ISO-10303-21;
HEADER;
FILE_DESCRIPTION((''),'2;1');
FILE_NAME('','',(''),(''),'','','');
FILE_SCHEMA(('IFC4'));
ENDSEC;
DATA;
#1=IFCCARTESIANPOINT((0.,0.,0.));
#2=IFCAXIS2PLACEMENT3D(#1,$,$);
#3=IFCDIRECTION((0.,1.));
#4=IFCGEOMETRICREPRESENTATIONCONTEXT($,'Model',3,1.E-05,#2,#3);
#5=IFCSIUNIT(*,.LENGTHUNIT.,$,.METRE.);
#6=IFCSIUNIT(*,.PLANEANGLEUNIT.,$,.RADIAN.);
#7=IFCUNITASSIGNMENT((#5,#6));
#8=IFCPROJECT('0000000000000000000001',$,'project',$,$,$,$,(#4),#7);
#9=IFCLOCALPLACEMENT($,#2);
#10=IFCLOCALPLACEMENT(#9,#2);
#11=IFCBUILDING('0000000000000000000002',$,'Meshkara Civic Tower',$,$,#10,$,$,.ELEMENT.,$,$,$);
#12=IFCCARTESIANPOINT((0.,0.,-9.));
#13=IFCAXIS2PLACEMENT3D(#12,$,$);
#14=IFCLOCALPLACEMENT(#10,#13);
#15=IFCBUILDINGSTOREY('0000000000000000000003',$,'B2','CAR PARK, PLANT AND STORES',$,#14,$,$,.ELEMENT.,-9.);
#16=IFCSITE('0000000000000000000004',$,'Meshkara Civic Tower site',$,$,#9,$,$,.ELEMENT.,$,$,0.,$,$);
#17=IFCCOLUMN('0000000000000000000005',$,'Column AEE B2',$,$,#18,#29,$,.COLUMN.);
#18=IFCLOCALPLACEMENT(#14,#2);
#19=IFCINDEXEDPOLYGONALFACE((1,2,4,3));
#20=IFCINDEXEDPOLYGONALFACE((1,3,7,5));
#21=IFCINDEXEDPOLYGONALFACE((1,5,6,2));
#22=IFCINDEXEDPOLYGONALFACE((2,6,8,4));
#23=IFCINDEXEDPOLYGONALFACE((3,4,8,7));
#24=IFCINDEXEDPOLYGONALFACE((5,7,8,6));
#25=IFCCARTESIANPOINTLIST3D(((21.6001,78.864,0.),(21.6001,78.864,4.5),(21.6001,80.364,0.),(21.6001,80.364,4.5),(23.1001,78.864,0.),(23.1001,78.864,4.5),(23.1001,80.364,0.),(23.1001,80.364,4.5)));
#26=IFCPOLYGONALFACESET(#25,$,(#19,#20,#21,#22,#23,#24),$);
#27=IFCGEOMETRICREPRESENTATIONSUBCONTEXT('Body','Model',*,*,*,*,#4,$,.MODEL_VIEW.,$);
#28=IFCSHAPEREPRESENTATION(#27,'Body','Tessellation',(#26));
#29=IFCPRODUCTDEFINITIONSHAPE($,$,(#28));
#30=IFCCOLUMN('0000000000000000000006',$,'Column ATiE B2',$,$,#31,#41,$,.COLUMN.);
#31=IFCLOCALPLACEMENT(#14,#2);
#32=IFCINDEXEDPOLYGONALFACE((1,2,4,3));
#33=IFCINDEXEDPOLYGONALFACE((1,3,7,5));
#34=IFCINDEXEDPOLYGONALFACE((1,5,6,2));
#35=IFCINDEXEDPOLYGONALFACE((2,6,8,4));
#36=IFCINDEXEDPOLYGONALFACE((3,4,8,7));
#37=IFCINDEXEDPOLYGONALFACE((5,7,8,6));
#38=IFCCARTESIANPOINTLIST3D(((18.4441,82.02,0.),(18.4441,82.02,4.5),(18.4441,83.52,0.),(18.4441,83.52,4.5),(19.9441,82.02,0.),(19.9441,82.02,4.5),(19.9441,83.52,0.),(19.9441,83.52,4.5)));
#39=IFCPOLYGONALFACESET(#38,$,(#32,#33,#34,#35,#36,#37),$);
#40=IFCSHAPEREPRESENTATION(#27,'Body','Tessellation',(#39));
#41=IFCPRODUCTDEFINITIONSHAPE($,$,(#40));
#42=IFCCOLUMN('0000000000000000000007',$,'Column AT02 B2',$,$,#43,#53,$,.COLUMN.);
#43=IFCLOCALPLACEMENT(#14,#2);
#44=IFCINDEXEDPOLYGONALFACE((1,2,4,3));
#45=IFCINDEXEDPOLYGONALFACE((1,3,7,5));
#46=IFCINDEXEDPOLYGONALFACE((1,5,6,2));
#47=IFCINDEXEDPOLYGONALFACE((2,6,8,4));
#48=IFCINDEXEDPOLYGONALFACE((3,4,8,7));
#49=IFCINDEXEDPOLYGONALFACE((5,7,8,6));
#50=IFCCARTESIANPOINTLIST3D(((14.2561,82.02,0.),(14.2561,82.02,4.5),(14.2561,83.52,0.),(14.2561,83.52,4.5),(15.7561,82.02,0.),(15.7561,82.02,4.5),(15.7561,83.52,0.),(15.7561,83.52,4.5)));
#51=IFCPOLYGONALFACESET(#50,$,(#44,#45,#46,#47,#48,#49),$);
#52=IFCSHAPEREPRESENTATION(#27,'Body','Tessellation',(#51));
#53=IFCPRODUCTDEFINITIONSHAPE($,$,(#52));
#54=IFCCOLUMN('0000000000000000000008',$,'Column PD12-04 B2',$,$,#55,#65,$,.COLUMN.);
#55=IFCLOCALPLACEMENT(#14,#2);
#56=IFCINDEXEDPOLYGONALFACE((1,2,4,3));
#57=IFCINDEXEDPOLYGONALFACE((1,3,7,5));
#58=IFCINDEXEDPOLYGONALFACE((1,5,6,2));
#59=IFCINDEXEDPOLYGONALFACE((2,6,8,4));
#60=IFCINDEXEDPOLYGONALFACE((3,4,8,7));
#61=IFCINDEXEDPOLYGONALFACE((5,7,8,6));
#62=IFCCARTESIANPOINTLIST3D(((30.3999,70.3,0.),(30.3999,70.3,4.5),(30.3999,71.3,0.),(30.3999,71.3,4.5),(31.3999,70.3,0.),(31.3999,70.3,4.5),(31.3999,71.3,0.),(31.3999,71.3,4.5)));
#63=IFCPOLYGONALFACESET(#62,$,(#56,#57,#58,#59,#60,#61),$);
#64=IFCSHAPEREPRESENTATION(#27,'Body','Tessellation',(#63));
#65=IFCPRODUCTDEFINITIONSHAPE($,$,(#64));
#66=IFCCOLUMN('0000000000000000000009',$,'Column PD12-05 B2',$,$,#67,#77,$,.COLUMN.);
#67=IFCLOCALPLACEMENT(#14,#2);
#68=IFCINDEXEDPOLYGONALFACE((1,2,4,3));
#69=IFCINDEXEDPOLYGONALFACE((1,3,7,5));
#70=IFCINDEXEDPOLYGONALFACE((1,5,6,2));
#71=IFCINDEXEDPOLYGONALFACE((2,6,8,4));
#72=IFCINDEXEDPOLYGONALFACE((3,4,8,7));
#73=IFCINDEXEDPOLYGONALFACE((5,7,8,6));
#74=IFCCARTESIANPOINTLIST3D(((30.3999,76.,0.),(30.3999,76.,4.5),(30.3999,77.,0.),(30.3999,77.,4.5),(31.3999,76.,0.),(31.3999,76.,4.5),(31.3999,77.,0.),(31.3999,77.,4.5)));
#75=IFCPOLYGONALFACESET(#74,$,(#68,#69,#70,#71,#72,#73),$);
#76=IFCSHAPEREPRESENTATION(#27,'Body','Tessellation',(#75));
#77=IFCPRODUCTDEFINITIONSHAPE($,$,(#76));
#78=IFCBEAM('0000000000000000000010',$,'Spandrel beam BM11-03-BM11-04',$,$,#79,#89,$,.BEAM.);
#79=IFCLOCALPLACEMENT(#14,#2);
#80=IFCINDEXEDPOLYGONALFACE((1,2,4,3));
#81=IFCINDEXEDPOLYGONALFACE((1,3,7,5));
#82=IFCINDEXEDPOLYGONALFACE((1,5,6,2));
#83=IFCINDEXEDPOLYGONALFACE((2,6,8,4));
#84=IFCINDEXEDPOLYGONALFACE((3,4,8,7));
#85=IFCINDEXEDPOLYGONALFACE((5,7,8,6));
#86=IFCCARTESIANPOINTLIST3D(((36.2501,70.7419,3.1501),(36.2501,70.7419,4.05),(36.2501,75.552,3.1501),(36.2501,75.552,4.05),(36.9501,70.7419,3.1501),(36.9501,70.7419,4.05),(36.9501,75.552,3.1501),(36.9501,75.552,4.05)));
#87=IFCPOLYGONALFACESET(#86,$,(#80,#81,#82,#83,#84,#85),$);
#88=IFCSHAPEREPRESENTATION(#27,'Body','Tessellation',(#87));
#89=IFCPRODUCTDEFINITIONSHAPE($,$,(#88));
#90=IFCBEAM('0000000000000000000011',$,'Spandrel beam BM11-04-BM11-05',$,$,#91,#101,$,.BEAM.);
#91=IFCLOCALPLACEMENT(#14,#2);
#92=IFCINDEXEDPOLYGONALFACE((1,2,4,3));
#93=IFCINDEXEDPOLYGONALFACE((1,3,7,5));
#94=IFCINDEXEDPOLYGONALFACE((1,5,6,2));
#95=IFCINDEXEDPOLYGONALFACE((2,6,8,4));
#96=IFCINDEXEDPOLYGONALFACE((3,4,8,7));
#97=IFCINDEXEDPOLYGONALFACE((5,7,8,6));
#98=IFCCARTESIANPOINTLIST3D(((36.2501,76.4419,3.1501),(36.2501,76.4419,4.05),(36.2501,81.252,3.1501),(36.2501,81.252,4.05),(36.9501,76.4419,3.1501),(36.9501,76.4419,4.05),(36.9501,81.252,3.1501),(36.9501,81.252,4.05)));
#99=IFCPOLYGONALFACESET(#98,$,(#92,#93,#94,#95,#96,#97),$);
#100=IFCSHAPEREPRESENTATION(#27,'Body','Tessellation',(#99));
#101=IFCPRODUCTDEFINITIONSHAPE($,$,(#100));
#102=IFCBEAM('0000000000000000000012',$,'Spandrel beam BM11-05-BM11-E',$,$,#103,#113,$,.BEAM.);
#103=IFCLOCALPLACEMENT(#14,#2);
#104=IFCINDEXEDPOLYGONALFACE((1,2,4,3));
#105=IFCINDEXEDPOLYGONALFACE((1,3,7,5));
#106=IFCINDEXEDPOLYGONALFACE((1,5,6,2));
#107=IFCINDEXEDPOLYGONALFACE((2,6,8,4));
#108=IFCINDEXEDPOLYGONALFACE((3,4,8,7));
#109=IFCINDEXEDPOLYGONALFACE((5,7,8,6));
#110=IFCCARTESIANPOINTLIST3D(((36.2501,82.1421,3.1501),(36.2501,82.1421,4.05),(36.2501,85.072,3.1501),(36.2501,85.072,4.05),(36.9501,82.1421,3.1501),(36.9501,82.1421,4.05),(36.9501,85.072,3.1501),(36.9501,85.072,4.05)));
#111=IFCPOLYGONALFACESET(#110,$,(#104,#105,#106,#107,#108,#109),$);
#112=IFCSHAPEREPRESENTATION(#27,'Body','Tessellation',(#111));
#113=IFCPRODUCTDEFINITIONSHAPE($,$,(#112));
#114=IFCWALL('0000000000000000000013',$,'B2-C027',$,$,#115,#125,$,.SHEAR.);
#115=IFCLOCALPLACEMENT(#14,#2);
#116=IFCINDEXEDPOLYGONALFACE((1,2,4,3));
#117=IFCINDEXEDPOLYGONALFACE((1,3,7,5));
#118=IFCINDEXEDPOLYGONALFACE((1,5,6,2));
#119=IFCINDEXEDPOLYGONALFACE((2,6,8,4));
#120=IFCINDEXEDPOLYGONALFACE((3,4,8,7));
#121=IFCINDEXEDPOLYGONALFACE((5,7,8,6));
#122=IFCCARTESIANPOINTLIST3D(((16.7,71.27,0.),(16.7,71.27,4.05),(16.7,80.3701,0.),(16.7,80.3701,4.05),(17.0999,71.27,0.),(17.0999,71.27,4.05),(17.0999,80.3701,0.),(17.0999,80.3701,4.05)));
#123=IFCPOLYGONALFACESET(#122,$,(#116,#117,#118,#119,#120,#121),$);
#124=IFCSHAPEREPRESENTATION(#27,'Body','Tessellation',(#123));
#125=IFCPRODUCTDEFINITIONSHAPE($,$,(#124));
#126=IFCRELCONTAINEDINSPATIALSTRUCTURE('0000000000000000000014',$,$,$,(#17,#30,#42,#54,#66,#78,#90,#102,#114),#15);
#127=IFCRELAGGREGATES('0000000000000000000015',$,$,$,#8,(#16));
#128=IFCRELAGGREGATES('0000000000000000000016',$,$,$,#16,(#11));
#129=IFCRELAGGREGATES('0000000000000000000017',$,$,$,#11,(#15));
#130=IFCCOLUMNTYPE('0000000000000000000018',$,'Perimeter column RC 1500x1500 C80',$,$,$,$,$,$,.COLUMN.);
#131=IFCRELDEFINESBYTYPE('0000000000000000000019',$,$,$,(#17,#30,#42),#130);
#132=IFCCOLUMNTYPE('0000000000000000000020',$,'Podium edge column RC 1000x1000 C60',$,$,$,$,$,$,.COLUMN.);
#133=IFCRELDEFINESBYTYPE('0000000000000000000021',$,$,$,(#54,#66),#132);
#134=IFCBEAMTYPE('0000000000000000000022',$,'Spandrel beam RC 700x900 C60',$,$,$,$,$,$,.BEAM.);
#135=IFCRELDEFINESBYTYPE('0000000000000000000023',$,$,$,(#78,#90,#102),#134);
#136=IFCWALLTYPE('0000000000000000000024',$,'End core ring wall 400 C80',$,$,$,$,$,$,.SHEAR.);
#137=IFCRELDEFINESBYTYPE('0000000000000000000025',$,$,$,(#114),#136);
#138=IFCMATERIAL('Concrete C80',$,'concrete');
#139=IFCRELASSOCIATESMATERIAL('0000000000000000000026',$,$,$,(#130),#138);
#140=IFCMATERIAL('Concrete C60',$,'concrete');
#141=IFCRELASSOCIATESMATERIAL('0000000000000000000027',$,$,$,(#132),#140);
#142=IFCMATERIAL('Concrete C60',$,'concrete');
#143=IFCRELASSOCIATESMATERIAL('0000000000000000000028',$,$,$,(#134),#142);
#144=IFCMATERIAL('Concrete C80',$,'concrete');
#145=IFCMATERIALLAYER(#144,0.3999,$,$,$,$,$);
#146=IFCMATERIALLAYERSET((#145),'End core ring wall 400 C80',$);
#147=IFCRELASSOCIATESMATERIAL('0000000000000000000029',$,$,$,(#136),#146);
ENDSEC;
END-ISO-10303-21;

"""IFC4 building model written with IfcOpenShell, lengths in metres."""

from ifc_helpers import new_model, si_unit, direction, frame, frame_2d, origin, origin_2d, place, context, subcontext, project, spatial, rectangle, extrude, material, layer, layer_set, material_profile, profile_set, type_object, element, save


model = new_model("IFC4")

# Units and contexts
model_context = context("Model", 3, precision=1e-05, world=origin(), true_north=direction((0.0, 1.0)))
body_context = subcontext(model_context, "Body", "Model", "MODEL_VIEW")
ifc_project = project(units=[si_unit("LENGTHUNIT", "METRE"), si_unit("PLANEANGLEUNIT", "RADIAN")], contexts=[model_context])

# Site, building, storey
site_placement = place(None, origin())
site = spatial("IfcSite", under=ifc_project, at=site_placement, Name="Meshkara Civic Tower site", CompositionType="ELEMENT", RefElevation=0.0)
building_placement = place(site_placement, origin())
building = spatial("IfcBuilding", under=site, at=building_placement, Name="Meshkara Civic Tower", CompositionType="ELEMENT")
storey_placement = place(building_placement, frame((0.0, 0.0, -9.0)))
storey = spatial("IfcBuildingStorey", under=building, at=storey_placement, Name="B2", Description="CAR PARK, PLANT AND STORES", CompositionType="ELEMENT", Elevation=-9.0)

# Columns
ifc_material_1 = material(Name="Concrete C80", Category="concrete")
ifc_material_profile_1 = material_profile(ifc_material_1, rectangle(XDim=1.5, YDim=1.5, at=origin_2d()))
ifc_profile_set_1 = profile_set([ifc_material_profile_1], Name="Concrete C80")
column_type_1 = type_object("IfcColumnType", Name="Perimeter column RC 1500x1500 C80", PredefinedType="COLUMN", material=ifc_profile_set_1)
for number, where, z_axis, x_axis, name in (
    (1, (22.3501, 79.614, 0.0), (0.0, 0.0, 1.0), (1.0, 0.0, 0.0), "Column AEE B2"),
    (2, (19.1941, 82.77, 0.0), (0.0, 0.0, 1.0), (1.0, 0.0, 0.0), "Column ATiE B2"),
    (3, (15.0061, 82.77, 0.0), (0.0, 0.0, 1.0), (1.0, 0.0, 0.0), "Column AT02 B2"),
):
    element("IfcColumn", number, at=place(storey_placement, frame(where, z_axis=z_axis, x_axis=x_axis)), inside=storey, type_object=column_type_1, Name=name, PredefinedType="COLUMN", context=body_context, shape_type="SweptSolid", body=[
        extrude(rectangle(XDim=1.5, YDim=1.5, at=origin_2d()), origin(), (0.0, 0.0, 1.0), 4.5),
    ])
ifc_material_2 = material(Name="Concrete C60", Category="concrete")
ifc_material_profile_2 = material_profile(ifc_material_2, rectangle(XDim=1.0, YDim=1.0, at=origin_2d()))
ifc_profile_set_2 = profile_set([ifc_material_profile_2], Name="Concrete C60")
column_type_2 = type_object("IfcColumnType", Name="Podium edge column RC 1000x1000 C60", PredefinedType="COLUMN", material=ifc_profile_set_2)
for number, where, z_axis, x_axis, name in (
    (4, (30.8999, 70.8, 0.0), (0.0, 0.0, 1.0), (1.0, 0.0, 0.0), "Column PD12-04 B2"),
    (5, (30.8999, 76.5, 0.0), (0.0, 0.0, 1.0), (1.0, 0.0, 0.0), "Column PD12-05 B2"),
):
    element("IfcColumn", number, at=place(storey_placement, frame(where, z_axis=z_axis, x_axis=x_axis)), inside=storey, type_object=column_type_2, Name=name, PredefinedType="COLUMN", context=body_context, shape_type="SweptSolid", body=[
        extrude(rectangle(XDim=1.0, YDim=1.0, at=origin_2d()), origin(), (0.0, 0.0, 1.0), 4.5),
    ])

# Beams
ifc_material_3 = material(Name="Concrete C60", Category="concrete")
ifc_material_profile_3 = material_profile(ifc_material_3, rectangle(XDim=0.7, YDim=0.8999, at=origin_2d()))
ifc_profile_set_3 = profile_set([ifc_material_profile_3], Name="Concrete C60")
beam_type = type_object("IfcBeamType", Name="Spandrel beam RC 700x900 C60", PredefinedType="BEAM", material=ifc_profile_set_3)
for number, where, z_axis, x_axis, name in (
    (6, (36.6001, 70.7419, 3.6001), (0.0, 1.0, 0.0), (-1.0, 0.0, 0.0), "Spandrel beam BM11-03-BM11-04"),
    (7, (36.6001, 76.4419, 3.6001), (0.0, 1.0, 0.0), (-1.0, 0.0, 0.0), "Spandrel beam BM11-04-BM11-05"),
):
    element("IfcBeam", number, at=place(storey_placement, frame(where, z_axis=z_axis, x_axis=x_axis)), inside=storey, type_object=beam_type, Name=name, PredefinedType="BEAM", context=body_context, shape_type="SweptSolid", body=[
        extrude(rectangle(XDim=0.7, YDim=0.8999, at=origin_2d()), origin(), (0.0, 0.0, 1.0), 4.8101),
    ])
beam_placement = place(storey_placement, frame((36.6001, 82.1421, 3.6001), z_axis=(0.0, 1.0, 0.0), x_axis=(-1.0, 0.0, 0.0)))
element("IfcBeam", 8, at=beam_placement, inside=storey, type_object=beam_type, Name="Spandrel beam BM11-05-BM11-E", PredefinedType="BEAM", context=body_context, shape_type="SweptSolid", body=[
    extrude(rectangle(XDim=0.7, YDim=0.8999, at=origin_2d()), origin(), (0.0, 0.0, 1.0), 2.9299),
])

# Wall
ifc_material_4 = material(Name="Concrete C80", Category="concrete")
ifc_layer = layer(ifc_material_4, 0.3999)
ifc_layer_set = layer_set([ifc_layer], Name="End core ring wall 400 C80")
wall_type = type_object("IfcWallType", Name="End core ring wall 400 C80", PredefinedType="SHEAR", material=ifc_layer_set)
wall_placement = place(storey_placement, frame((16.8999, 71.27, 0.0), z_axis=(0.0, 0.0, 1.0), x_axis=(0.0, 1.0, 0.0)))
element("IfcWall", 9, at=wall_placement, inside=storey, type_object=wall_type, Name="B2-C027", PredefinedType="SHEAR", context=body_context, shape_type="SweptSolid", body=[
    extrude(rectangle(XDim=9.1001, YDim=0.3999, at=frame_2d((4.55, 0.0))), origin(), (0.0, 0.0, 1.0), 4.05),
])

save(model, "model.ifc")
